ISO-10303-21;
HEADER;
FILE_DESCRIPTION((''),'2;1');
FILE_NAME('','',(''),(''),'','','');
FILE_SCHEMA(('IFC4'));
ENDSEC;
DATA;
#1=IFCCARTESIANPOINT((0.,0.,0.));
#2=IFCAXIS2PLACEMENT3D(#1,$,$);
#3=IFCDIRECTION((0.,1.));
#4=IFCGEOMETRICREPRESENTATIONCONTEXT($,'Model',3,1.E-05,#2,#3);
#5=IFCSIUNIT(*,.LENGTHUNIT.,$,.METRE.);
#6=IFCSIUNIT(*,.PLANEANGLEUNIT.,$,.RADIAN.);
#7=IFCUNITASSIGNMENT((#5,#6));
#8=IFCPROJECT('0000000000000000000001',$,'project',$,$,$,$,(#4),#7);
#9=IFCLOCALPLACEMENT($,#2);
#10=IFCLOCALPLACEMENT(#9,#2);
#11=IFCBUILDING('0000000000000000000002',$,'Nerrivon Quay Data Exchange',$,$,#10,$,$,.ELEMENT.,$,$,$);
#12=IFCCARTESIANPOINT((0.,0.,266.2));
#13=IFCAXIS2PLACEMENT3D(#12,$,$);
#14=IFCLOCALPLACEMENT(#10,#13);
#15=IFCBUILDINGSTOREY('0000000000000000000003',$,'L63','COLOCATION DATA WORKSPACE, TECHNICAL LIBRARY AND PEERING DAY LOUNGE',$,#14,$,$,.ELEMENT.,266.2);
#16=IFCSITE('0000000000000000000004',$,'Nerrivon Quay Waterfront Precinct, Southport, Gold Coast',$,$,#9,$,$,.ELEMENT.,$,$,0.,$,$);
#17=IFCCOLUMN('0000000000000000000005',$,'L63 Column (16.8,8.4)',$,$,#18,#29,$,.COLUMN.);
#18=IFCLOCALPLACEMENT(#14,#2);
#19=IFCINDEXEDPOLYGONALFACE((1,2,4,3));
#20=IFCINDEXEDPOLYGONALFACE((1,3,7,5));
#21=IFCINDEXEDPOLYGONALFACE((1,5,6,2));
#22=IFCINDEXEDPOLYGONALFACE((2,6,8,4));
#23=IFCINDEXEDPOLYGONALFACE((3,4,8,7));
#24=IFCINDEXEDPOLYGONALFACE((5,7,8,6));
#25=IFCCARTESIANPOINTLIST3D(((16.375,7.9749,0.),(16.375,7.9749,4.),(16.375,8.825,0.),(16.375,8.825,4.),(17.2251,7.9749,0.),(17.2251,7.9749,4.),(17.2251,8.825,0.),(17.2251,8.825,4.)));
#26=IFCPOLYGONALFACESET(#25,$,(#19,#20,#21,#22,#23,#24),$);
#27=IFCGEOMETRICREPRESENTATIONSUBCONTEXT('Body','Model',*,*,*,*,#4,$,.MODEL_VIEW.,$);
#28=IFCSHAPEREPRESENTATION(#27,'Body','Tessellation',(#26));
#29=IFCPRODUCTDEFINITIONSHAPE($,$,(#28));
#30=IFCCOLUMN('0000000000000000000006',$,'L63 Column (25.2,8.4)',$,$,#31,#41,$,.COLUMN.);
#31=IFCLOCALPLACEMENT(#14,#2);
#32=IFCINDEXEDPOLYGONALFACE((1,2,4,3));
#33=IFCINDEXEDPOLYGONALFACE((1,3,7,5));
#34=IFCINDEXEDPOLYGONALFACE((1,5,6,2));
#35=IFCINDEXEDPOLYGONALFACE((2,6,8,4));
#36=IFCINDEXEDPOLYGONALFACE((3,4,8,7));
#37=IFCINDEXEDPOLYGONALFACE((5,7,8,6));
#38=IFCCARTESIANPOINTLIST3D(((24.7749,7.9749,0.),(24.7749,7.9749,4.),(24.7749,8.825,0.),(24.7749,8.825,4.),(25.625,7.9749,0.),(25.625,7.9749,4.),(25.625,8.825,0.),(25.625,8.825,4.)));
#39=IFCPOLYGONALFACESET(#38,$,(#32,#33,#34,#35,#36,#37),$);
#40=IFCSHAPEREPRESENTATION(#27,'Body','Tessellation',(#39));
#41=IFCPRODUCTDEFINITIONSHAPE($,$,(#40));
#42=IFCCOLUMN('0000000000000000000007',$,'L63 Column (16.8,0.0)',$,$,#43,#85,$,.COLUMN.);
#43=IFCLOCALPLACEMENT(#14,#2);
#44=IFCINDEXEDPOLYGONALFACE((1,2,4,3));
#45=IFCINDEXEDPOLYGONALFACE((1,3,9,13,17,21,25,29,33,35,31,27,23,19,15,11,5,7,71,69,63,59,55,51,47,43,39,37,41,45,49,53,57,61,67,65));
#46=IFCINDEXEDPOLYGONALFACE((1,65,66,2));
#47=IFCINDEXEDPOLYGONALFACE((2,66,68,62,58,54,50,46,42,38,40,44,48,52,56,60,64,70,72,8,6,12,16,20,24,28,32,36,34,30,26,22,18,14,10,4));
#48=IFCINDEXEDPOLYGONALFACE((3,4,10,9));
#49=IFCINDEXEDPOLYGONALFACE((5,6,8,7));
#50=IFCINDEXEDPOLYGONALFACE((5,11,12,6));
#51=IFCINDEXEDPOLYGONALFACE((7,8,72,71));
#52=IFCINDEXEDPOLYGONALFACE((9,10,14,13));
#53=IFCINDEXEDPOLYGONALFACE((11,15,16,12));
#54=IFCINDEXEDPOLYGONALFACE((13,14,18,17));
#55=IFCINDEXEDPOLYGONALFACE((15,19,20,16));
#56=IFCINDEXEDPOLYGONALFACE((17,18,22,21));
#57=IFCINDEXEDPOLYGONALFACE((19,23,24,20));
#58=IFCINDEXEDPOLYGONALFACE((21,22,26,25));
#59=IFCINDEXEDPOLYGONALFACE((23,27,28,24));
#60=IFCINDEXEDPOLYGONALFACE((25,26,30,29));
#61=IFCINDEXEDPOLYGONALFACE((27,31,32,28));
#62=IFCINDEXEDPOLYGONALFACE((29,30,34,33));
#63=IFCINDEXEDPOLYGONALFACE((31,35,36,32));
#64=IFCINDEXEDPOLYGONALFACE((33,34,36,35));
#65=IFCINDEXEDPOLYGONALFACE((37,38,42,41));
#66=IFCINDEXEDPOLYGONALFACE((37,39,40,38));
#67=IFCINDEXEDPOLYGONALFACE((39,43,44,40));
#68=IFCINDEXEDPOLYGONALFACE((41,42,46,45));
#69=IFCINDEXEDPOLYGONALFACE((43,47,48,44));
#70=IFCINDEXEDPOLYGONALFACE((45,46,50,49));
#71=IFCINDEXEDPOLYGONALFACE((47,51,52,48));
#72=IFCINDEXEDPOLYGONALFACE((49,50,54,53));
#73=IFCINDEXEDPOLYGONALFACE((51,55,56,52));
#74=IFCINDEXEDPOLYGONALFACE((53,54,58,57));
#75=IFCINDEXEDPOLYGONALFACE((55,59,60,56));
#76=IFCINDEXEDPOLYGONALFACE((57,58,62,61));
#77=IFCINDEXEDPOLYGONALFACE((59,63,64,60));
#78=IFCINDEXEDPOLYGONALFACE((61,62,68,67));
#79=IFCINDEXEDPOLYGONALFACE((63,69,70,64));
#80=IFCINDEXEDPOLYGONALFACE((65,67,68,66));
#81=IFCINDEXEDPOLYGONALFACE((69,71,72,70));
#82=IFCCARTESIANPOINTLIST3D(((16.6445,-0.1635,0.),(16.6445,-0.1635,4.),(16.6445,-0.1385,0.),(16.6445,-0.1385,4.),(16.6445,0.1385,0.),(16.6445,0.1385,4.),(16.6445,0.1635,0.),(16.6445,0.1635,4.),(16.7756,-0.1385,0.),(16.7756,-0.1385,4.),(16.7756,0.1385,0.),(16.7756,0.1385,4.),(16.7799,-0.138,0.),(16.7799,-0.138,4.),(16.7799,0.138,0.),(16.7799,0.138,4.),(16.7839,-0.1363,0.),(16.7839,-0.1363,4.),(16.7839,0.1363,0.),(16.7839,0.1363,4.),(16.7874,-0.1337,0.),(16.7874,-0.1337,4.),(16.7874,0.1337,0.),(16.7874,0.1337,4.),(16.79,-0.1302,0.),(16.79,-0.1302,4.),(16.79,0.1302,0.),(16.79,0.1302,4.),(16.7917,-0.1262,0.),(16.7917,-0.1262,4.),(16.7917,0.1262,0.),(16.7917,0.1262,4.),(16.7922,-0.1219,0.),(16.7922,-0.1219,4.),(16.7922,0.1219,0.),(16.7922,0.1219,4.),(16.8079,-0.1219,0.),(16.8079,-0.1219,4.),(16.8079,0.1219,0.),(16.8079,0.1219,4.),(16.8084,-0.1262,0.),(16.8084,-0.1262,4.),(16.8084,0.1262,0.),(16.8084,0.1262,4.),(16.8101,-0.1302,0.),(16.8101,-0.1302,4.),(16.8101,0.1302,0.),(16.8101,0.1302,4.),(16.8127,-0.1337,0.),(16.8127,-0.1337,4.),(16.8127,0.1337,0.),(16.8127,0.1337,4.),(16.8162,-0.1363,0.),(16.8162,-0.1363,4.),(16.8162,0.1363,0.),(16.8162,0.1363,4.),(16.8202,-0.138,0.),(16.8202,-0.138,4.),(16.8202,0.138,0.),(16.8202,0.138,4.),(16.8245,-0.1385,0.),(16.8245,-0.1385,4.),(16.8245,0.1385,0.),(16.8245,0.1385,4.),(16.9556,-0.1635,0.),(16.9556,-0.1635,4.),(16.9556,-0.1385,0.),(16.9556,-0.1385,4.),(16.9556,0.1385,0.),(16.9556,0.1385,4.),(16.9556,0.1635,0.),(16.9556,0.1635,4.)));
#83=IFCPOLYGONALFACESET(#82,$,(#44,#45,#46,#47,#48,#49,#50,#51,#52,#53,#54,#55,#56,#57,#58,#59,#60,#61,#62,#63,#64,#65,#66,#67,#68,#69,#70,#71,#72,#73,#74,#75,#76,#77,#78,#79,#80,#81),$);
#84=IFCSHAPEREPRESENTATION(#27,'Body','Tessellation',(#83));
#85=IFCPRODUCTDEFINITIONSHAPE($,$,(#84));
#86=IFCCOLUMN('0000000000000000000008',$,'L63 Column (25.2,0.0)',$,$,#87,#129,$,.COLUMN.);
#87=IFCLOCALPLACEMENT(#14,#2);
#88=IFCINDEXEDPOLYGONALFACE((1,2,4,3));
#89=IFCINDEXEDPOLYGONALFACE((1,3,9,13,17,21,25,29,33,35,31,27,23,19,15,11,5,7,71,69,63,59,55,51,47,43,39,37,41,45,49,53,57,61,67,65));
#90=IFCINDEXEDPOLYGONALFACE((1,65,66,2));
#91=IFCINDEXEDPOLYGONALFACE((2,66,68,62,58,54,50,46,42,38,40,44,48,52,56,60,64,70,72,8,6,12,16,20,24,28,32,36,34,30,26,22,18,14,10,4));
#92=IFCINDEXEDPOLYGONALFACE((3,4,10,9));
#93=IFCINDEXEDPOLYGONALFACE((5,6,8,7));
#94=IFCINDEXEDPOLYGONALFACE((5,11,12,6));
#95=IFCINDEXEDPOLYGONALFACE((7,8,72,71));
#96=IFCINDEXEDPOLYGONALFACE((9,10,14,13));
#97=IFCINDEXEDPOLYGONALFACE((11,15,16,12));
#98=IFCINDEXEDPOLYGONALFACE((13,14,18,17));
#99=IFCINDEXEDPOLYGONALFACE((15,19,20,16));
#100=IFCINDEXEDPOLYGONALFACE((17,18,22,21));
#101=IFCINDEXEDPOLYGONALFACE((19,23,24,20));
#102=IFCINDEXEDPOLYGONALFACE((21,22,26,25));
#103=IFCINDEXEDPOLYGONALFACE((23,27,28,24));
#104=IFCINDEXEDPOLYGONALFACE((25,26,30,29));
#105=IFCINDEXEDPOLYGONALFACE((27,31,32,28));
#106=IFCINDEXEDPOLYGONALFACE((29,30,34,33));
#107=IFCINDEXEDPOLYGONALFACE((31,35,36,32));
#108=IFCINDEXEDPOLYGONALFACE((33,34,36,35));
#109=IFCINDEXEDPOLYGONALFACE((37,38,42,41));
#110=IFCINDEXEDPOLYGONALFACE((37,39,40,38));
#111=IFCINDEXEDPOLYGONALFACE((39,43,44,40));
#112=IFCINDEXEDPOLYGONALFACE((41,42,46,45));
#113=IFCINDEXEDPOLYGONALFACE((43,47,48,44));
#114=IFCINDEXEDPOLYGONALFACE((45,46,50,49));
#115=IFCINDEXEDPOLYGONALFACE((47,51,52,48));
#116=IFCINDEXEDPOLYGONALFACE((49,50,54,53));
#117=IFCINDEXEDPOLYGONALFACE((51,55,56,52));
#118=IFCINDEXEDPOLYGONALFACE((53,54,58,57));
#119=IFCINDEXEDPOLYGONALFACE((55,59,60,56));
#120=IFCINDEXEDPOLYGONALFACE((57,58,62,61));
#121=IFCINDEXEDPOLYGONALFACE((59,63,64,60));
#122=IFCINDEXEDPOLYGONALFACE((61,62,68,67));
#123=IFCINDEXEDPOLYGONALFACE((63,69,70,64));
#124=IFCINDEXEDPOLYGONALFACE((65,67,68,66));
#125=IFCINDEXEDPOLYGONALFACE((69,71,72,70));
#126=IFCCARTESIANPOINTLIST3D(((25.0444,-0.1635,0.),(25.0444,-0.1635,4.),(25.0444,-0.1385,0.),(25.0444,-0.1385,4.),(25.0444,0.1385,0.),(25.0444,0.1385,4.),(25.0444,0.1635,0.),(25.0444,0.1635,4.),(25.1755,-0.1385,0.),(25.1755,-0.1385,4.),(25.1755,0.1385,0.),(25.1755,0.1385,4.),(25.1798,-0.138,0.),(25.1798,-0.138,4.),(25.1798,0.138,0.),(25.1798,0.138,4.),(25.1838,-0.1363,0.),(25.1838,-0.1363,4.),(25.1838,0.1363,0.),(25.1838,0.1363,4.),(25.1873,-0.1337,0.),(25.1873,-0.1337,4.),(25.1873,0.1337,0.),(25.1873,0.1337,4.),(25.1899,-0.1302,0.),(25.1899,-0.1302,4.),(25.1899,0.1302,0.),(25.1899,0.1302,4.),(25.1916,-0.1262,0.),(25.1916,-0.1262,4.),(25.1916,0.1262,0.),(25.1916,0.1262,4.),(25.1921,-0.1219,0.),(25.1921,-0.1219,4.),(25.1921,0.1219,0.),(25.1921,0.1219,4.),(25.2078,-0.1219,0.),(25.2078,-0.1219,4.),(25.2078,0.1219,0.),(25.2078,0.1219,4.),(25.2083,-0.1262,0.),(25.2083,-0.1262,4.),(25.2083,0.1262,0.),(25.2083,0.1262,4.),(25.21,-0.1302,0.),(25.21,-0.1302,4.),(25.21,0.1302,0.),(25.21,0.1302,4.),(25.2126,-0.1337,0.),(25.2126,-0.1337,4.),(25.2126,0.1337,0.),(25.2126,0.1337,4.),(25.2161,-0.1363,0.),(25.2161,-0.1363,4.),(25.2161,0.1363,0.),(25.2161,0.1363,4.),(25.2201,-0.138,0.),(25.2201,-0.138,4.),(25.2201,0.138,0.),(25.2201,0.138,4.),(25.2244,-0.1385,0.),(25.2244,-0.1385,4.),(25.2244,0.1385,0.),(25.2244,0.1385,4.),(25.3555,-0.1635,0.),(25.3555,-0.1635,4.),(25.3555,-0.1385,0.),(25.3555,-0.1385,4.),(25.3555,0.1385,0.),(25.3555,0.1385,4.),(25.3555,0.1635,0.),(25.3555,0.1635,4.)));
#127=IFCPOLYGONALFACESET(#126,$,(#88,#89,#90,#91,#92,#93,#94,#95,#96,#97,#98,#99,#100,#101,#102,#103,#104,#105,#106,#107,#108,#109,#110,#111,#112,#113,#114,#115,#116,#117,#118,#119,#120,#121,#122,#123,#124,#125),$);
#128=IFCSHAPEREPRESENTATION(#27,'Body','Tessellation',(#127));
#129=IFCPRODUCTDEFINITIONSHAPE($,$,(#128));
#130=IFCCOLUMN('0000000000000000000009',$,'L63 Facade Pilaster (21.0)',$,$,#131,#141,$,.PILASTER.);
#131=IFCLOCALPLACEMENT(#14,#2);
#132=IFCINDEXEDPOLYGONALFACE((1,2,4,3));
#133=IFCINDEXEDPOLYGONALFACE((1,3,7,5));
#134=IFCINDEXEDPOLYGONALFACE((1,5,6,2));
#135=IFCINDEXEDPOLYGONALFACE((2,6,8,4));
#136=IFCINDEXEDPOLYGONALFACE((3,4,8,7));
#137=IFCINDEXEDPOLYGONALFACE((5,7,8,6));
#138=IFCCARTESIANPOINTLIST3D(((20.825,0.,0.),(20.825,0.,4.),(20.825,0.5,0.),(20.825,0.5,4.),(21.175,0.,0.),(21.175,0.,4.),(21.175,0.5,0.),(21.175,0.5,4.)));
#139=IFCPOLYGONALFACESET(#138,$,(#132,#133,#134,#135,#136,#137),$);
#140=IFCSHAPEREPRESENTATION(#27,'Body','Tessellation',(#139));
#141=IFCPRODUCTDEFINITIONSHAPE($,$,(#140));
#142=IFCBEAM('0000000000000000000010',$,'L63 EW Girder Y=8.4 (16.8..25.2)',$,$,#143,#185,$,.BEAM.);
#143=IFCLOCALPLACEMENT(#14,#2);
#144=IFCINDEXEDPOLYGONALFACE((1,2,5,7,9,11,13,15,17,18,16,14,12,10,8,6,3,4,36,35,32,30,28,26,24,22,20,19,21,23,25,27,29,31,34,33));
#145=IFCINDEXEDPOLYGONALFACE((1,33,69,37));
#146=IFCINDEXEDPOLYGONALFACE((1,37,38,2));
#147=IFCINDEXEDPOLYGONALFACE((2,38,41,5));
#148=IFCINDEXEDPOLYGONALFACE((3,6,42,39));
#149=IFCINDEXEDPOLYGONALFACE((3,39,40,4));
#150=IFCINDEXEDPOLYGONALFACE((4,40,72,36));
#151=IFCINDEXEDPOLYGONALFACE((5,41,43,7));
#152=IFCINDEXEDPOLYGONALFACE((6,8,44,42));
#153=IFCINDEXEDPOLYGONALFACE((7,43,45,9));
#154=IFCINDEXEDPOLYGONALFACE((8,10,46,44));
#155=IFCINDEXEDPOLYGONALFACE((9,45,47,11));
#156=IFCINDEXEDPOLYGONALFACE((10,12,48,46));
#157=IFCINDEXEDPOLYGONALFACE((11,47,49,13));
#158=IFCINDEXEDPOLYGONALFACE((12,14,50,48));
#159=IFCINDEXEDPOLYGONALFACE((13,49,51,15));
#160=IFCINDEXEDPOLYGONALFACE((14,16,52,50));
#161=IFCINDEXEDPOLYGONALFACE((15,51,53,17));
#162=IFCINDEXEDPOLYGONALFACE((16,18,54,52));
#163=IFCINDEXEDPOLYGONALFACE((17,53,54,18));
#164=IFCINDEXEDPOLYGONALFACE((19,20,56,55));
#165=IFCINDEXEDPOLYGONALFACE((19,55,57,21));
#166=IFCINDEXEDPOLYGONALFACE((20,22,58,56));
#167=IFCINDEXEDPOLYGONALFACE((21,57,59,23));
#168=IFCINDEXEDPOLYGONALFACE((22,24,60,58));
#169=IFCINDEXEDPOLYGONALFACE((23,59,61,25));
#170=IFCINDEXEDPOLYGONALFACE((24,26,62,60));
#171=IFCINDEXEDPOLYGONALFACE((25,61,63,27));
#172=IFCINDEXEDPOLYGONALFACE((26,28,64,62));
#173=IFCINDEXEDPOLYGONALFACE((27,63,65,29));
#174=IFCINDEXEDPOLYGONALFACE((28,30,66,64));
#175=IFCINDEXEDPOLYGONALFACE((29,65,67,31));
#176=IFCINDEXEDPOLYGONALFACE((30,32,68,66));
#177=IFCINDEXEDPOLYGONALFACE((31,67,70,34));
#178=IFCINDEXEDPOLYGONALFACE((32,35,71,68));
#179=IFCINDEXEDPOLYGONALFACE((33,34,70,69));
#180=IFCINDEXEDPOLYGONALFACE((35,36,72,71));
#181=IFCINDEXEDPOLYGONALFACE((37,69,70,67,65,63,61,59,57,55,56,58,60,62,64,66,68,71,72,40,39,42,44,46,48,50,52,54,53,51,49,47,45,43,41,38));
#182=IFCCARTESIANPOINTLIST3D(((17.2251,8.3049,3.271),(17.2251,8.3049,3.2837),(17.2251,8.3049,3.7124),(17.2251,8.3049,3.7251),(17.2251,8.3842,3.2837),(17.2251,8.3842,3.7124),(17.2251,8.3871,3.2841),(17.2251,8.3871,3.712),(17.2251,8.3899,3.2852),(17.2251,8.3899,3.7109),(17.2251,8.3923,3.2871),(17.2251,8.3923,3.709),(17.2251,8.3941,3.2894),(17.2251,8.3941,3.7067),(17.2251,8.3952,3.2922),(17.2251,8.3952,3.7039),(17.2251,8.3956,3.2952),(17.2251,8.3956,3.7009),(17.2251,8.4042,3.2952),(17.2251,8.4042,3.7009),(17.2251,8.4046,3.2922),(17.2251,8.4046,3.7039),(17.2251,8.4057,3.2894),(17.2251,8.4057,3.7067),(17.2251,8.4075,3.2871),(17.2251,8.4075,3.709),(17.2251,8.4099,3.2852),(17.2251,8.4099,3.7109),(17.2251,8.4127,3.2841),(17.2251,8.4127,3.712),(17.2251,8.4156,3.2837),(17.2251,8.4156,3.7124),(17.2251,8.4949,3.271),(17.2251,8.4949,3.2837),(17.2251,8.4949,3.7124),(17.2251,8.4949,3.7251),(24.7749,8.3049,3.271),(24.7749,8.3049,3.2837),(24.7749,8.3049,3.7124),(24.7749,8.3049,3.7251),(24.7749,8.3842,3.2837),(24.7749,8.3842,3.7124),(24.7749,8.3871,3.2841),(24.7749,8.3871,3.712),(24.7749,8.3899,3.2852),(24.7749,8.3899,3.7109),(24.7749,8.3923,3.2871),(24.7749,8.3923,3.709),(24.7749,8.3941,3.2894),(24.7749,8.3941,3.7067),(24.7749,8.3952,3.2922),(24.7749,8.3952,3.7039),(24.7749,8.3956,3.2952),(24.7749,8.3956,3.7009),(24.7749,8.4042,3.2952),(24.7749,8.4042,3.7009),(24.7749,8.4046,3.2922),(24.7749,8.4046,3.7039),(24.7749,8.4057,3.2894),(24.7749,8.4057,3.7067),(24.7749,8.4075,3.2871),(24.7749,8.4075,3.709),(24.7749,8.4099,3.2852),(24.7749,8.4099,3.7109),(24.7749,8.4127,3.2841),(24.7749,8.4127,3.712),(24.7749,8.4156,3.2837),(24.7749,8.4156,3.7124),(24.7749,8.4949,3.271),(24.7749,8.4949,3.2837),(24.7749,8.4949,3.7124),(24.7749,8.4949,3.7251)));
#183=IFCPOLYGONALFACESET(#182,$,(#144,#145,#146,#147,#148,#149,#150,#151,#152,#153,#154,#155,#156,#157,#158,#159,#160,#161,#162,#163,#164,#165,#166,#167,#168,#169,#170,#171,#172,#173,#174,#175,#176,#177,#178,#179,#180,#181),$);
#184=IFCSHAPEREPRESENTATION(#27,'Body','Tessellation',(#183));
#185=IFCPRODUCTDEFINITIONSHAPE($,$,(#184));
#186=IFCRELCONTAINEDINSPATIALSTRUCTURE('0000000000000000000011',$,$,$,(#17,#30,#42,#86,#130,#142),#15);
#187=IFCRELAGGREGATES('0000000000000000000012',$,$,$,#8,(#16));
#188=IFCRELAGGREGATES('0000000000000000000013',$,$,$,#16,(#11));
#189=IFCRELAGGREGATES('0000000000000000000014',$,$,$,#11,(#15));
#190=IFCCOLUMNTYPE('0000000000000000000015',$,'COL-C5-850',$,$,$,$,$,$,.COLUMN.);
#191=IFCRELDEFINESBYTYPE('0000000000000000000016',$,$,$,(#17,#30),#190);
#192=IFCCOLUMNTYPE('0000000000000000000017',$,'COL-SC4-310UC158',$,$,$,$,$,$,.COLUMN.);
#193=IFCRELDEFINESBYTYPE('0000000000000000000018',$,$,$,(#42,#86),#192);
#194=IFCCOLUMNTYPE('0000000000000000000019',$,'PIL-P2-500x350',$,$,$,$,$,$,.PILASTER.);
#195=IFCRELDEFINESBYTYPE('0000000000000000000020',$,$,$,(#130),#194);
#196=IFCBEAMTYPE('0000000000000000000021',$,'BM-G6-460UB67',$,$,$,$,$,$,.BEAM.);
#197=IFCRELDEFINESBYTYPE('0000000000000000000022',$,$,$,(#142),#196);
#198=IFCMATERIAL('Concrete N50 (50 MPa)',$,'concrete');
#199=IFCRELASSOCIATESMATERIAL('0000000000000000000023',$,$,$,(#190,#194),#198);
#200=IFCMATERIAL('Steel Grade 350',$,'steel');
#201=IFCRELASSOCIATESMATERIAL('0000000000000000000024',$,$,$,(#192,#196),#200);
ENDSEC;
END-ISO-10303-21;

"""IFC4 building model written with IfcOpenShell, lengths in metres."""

from ifc_helpers import new_model, si_unit, direction, frame, origin, origin_2d, place, context, subcontext, project, spatial, rectangle, i_section, extrude, material, material_profile, profile_set, type_object, element, save


model = new_model("IFC4")

# Units and contexts
model_context = context("Model", 3, precision=1e-05, world=origin(), true_north=direction((0.0, 1.0)))
body_context = subcontext(model_context, "Body", "Model", "MODEL_VIEW")
ifc_project = project(units=[si_unit("LENGTHUNIT", "METRE"), si_unit("PLANEANGLEUNIT", "RADIAN")], contexts=[model_context])

# Site, building, storey
site_placement = place(None, origin())
site = spatial("IfcSite", under=ifc_project, at=site_placement, Name="Nerrivon Quay Waterfront Precinct, Southport, Gold Coast", CompositionType="ELEMENT", RefElevation=0.0)
building_placement = place(site_placement, origin())
building = spatial("IfcBuilding", under=site, at=building_placement, Name="Nerrivon Quay Data Exchange", CompositionType="ELEMENT")
storey_placement = place(building_placement, frame((0.0, 0.0, 266.2)))
storey = spatial("IfcBuildingStorey", under=building, at=storey_placement, Name="L63", Description="COLOCATION DATA WORKSPACE, TECHNICAL LIBRARY AND PEERING DAY LOUNGE", CompositionType="ELEMENT", Elevation=266.2)

# Columns
ifc_material_1 = material(Name="Concrete N50 (50 MPa)", Category="concrete")
ifc_material_profile_1 = material_profile(ifc_material_1, rectangle(XDim=0.8501, YDim=0.8501, at=origin_2d()), Name="RC-COL-850x850")
ifc_profile_set_1 = profile_set([ifc_material_profile_1], Name="Concrete N50 (50 MPa)")
column_type_1 = type_object("IfcColumnType", Name="COL-C5-850", PredefinedType="COLUMN", material=ifc_profile_set_1)
for number, where, z_axis, x_axis, name in (
    (1, (16.8, 8.3999, 0.0), (0.0, 0.0, 1.0), (1.0, 0.0, 0.0), "L63 Column (16.8,8.4)"),
    (2, (25.2, 8.3999, 0.0), (0.0, 0.0, 1.0), (1.0, 0.0, 0.0), "L63 Column (25.2,8.4)"),
):
    element("IfcColumn", number, at=place(storey_placement, frame(where, z_axis=z_axis, x_axis=x_axis)), inside=storey, type_object=column_type_1, Name=name, PredefinedType="COLUMN", context=body_context, shape_type="SweptSolid", body=[
        extrude(rectangle(XDim=0.8501, YDim=0.8501, at=origin_2d()), origin(), (0.0, 0.0, 1.0), 4.0),
    ])
ifc_material_2 = material(Name="Steel Grade 350", Category="steel")
ifc_material_profile_2 = material_profile(ifc_material_2, i_section(OverallWidth=0.311, OverallDepth=0.3269, WebThickness=0.0156, FlangeThickness=0.0249, FilletRadius=0.0166, at=origin_2d()), Name="310UC158")
ifc_profile_set_2 = profile_set([ifc_material_profile_2], Name="Steel Grade 350")
column_type_2 = type_object("IfcColumnType", Name="COL-SC4-310UC158", PredefinedType="COLUMN", material=ifc_profile_set_2)
for number, where, z_axis, x_axis, name in (
    (3, (16.8, 0.0, 0.0), (0.0, 0.0, 1.0), (1.0, 0.0, 0.0), "L63 Column (16.8,0.0)"),
    (4, (25.2, 0.0, 0.0), (0.0, 0.0, 1.0), (1.0, 0.0, 0.0), "L63 Column (25.2,0.0)"),
):
    element("IfcColumn", number, at=place(storey_placement, frame(where, z_axis=z_axis, x_axis=x_axis)), inside=storey, type_object=column_type_2, Name=name, PredefinedType="COLUMN", context=body_context, shape_type="SweptSolid", body=[
        extrude(i_section(OverallWidth=0.311, OverallDepth=0.3269, WebThickness=0.0156, FlangeThickness=0.0249, FilletRadius=0.0166, at=origin_2d()), origin(), (0.0, 0.0, 1.0), 4.0),
    ])
ifc_material_profile_3 = material_profile(ifc_material_1, rectangle(XDim=0.3501, YDim=0.5, at=origin_2d()), Name="RC-PIL-500x350")
ifc_profile_set_3 = profile_set([ifc_material_profile_3], Name="Concrete N50 (50 MPa)")
column_type_3 = type_object("IfcColumnType", Name="PIL-P2-500x350", PredefinedType="PILASTER", material=ifc_profile_set_3)
column_placement = place(storey_placement, frame((21.0, 0.25, 0.0), z_axis=(0.0, 0.0, 1.0), x_axis=(1.0, 0.0, 0.0)))
element("IfcColumn", 5, at=column_placement, inside=storey, type_object=column_type_3, Name="L63 Facade Pilaster (21.0)", PredefinedType="PILASTER", context=body_context, shape_type="SweptSolid", body=[
    extrude(rectangle(XDim=0.3501, YDim=0.5, at=origin_2d()), origin(), (0.0, 0.0, 1.0), 4.0),
])

# Beam
ifc_material_profile_4 = material_profile(ifc_material_2, i_section(OverallWidth=0.1899, OverallDepth=0.4541, WebThickness=0.0085, FlangeThickness=0.0127, FilletRadius=0.0115, at=origin_2d()), Name="460UB67.1")
ifc_profile_set_4 = profile_set([ifc_material_profile_4], Name="Steel Grade 350")
beam_type_1 = type_object("IfcBeamType", Name="BM-G6-460UB67", PredefinedType="BEAM", material=ifc_profile_set_4)
beam_1_placement = place(storey_placement, frame((17.2251, 8.3999, 3.498), z_axis=(1.0, 0.0, 0.0), x_axis=(0.0, 1.0, 0.0)))
element("IfcBeam", 6, at=beam_1_placement, inside=storey, type_object=beam_type_1, Name="L63 EW Girder Y=8.4 (16.8..25.2)", PredefinedType="BEAM", context=body_context, shape_type="SweptSolid", body=[
    extrude(i_section(OverallWidth=0.1899, OverallDepth=0.4541, WebThickness=0.0085, FlangeThickness=0.0127, FilletRadius=0.0115, at=origin_2d()), origin(), (0.0, 0.0, 1.0), 7.5498),
])

save(model, "model.ifc")
